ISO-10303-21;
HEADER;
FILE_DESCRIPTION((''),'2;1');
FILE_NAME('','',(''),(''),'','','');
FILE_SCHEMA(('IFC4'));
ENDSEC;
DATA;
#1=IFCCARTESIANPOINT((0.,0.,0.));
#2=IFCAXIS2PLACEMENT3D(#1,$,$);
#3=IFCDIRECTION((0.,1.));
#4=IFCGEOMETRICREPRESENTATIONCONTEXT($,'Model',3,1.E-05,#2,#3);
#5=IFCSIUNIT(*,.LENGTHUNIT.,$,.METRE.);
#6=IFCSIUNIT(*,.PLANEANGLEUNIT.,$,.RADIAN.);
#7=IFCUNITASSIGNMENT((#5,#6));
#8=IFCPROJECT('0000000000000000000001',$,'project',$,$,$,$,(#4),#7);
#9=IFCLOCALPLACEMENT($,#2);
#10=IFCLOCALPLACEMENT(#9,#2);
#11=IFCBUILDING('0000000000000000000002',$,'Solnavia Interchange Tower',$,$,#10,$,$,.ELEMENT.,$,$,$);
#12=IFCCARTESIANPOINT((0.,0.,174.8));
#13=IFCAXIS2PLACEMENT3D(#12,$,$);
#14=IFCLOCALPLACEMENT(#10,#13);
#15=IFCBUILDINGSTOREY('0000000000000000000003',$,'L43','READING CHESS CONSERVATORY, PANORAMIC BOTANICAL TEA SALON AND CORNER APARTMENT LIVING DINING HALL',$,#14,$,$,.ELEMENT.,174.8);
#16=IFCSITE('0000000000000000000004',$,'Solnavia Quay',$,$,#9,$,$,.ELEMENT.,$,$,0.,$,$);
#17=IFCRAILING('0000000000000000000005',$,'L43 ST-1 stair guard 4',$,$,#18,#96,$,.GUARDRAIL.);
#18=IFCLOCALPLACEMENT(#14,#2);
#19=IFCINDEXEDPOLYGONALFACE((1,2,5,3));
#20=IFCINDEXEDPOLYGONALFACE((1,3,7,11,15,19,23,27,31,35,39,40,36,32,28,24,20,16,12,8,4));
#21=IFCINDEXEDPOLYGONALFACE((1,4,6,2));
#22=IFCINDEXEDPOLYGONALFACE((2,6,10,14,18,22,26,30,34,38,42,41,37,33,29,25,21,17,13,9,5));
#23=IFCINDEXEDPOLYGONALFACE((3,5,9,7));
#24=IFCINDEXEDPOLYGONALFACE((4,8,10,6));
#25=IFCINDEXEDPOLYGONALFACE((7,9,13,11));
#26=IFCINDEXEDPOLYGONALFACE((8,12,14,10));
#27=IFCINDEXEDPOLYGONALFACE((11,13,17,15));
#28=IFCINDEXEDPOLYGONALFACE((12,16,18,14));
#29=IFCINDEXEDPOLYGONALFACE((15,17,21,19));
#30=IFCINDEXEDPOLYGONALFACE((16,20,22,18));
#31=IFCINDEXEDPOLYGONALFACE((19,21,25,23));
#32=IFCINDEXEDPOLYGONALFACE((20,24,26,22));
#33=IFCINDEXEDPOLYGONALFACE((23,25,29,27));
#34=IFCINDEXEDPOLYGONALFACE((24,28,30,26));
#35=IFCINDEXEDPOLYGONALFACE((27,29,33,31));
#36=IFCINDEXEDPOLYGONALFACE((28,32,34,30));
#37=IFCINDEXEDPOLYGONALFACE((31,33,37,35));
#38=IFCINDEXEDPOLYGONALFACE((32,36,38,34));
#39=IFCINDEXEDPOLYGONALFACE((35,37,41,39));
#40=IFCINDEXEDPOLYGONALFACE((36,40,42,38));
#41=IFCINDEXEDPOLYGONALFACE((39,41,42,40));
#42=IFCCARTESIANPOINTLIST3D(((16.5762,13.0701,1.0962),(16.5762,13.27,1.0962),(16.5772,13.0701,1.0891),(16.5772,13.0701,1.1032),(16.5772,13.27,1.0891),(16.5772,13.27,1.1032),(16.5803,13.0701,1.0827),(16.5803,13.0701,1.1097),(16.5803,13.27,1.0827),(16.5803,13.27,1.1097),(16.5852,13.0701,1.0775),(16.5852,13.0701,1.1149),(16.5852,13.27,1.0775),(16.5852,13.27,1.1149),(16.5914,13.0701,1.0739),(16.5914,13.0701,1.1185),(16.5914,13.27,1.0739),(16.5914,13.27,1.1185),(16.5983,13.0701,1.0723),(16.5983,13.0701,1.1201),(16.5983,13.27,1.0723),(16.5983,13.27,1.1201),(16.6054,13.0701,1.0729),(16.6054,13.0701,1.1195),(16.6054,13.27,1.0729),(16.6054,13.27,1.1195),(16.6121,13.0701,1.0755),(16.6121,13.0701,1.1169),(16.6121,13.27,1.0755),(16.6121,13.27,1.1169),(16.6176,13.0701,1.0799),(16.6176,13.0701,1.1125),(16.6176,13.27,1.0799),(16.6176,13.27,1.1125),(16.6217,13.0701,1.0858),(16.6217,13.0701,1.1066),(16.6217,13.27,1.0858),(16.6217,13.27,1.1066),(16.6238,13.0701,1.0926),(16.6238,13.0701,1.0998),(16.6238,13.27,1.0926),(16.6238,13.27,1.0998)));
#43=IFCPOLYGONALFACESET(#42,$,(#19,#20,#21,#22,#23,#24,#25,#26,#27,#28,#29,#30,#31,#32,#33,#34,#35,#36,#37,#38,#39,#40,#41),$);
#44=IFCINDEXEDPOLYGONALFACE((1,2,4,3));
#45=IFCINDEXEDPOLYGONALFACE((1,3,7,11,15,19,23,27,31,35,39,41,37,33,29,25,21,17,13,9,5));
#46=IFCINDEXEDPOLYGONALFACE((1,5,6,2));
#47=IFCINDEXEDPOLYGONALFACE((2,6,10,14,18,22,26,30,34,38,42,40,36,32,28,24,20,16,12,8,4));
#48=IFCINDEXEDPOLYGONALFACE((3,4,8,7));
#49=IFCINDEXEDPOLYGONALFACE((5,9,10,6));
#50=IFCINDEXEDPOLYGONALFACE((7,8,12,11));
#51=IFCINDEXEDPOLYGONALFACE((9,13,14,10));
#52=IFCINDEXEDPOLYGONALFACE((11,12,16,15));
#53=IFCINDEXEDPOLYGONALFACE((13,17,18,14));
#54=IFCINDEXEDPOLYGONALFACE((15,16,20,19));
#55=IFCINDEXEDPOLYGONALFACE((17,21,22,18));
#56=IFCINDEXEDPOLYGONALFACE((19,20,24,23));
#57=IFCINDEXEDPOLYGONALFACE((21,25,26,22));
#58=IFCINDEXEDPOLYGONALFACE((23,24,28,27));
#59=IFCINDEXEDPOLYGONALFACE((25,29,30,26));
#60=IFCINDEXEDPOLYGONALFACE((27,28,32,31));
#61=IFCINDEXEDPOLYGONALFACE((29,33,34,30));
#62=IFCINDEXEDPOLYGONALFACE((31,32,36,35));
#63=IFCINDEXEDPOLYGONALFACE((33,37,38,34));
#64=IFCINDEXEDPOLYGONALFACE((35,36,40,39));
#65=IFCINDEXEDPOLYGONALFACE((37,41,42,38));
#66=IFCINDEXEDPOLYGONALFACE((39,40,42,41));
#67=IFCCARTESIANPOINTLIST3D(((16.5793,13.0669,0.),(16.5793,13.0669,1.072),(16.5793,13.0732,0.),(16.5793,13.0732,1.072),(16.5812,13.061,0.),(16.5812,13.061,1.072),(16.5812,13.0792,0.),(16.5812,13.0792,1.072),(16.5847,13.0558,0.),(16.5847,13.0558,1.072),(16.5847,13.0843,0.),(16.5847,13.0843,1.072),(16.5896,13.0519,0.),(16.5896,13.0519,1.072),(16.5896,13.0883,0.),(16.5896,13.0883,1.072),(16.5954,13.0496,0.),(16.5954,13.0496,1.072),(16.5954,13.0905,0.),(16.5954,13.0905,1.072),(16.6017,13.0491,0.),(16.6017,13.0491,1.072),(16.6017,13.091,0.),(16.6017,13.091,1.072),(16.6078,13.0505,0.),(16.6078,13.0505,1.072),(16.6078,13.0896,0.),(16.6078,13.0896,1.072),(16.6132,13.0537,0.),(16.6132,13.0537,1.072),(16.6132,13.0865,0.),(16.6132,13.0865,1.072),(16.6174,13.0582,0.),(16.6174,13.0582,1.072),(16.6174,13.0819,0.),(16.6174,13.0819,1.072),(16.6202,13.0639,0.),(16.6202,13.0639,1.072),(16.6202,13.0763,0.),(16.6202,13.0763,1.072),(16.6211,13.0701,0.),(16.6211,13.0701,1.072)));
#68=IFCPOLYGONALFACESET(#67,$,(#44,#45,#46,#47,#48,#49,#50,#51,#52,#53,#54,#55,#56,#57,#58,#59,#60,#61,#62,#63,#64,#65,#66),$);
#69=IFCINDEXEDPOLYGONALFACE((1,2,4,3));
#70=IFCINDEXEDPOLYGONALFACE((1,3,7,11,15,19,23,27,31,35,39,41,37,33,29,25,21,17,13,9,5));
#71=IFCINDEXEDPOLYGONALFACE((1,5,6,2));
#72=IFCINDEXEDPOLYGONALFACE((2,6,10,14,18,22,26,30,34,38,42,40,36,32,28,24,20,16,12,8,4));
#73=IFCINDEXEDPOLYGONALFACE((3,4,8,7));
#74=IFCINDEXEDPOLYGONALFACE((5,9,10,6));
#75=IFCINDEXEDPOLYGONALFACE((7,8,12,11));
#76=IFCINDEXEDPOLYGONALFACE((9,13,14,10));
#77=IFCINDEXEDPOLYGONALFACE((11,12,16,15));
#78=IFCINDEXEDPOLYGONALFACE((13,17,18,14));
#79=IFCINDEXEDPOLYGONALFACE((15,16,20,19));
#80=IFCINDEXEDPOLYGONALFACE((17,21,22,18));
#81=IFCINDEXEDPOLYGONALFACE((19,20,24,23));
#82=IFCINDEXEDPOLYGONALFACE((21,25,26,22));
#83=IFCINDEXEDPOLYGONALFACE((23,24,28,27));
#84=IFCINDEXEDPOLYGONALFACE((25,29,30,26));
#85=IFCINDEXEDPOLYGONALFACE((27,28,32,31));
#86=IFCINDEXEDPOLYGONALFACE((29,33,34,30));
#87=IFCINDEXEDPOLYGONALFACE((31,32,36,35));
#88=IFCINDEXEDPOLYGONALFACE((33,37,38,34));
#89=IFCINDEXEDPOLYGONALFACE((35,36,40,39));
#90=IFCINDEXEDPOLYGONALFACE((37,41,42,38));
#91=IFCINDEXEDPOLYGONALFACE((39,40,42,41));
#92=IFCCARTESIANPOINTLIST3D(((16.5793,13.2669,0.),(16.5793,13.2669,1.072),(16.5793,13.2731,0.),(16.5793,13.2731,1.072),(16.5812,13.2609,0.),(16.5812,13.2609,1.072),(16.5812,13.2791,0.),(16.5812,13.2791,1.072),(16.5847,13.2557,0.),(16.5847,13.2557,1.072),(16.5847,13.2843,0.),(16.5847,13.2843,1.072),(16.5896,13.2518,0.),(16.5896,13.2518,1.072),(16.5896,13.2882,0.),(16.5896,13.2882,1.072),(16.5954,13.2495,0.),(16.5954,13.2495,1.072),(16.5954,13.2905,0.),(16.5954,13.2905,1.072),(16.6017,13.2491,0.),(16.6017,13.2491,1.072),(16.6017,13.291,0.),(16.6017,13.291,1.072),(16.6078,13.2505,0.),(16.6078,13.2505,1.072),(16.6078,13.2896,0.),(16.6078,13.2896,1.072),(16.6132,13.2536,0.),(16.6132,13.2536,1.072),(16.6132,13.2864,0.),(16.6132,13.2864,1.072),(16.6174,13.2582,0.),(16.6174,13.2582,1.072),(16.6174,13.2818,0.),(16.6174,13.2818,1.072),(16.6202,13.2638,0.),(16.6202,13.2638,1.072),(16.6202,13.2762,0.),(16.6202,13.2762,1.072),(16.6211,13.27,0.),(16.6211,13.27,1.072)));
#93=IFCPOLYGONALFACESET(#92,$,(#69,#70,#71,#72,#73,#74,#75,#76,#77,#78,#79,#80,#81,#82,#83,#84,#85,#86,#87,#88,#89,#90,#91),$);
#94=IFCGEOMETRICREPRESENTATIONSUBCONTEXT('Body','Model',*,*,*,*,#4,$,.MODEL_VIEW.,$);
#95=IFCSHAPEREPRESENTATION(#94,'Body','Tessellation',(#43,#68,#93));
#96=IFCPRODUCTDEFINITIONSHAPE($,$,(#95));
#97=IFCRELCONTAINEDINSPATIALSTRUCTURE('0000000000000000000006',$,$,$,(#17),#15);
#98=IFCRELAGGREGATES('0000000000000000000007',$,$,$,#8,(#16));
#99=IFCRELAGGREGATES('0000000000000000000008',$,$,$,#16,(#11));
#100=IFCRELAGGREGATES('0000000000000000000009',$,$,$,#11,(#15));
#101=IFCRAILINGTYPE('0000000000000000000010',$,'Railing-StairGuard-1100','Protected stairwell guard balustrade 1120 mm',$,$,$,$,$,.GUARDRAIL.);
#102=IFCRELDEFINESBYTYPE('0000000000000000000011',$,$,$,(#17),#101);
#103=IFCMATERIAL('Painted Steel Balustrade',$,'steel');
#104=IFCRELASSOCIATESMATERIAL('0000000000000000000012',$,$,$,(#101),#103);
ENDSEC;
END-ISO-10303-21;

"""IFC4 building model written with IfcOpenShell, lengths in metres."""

from ifc_helpers import new_model, si_unit, direction, frame, origin, origin_2d, place, context, subcontext, project, spatial, circle, extrude, material, type_object, element, save


model = new_model("IFC4")

# Units and contexts
model_context = context("Model", 3, precision=1e-05, world=origin(), true_north=direction((0.0, 1.0)))
body_context = subcontext(model_context, "Body", "Model", "MODEL_VIEW")
ifc_project = project(units=[si_unit("LENGTHUNIT", "METRE"), si_unit("PLANEANGLEUNIT", "RADIAN")], contexts=[model_context])

# Site, building, storey
site_placement = place(None, origin())
site = spatial("IfcSite", under=ifc_project, at=site_placement, Name="Solnavia Quay", CompositionType="ELEMENT", RefElevation=0.0)
building_placement = place(site_placement, origin())
building = spatial("IfcBuilding", under=site, at=building_placement, Name="Solnavia Interchange Tower", CompositionType="ELEMENT")
storey_placement = place(building_placement, frame((0.0, 0.0, 174.8)))
storey = spatial("IfcBuildingStorey", under=building, at=storey_placement, Name="L43", Description="READING CHESS CONSERVATORY, PANORAMIC BOTANICAL TEA SALON AND CORNER APARTMENT LIVING DINING HALL", CompositionType="ELEMENT", Elevation=174.8)

# Railing
ifc_material_1 = material(Name="Painted Steel Balustrade", Category="steel")
railing_type_1 = type_object("IfcRailingType", Name="Railing-StairGuard-1100", Description="Protected stairwell guard balustrade 1120 mm", PredefinedType="GUARDRAIL", material=ifc_material_1)
railing_1_placement = place(storey_placement, frame((16.6001, 13.0701, 0.0)))
element("IfcRailing", 1, at=railing_1_placement, inside=storey, type_object=railing_type_1, Name="L43 ST-1 stair guard 4", PredefinedType="GUARDRAIL", context=body_context, shape_type="SweptSolid", body=[
    extrude(circle(Radius=0.0239, at=origin_2d()), frame((0.0, 0.0, 1.0962), z_axis=(0.0, 1.0, 0.0), x_axis=(-1.0, 0.0, 0.0)), (0.0, 0.0, 1.0), 0.2),
    extrude(circle(Radius=0.021, at=origin_2d()), origin(), (0.0, 0.0, 1.0), 1.072),
    extrude(circle(Radius=0.021, at=origin_2d()), frame((0.0, 0.2, 0.0)), (0.0, 0.0, 1.0), 1.072),
])

save(model, "model.ifc")
